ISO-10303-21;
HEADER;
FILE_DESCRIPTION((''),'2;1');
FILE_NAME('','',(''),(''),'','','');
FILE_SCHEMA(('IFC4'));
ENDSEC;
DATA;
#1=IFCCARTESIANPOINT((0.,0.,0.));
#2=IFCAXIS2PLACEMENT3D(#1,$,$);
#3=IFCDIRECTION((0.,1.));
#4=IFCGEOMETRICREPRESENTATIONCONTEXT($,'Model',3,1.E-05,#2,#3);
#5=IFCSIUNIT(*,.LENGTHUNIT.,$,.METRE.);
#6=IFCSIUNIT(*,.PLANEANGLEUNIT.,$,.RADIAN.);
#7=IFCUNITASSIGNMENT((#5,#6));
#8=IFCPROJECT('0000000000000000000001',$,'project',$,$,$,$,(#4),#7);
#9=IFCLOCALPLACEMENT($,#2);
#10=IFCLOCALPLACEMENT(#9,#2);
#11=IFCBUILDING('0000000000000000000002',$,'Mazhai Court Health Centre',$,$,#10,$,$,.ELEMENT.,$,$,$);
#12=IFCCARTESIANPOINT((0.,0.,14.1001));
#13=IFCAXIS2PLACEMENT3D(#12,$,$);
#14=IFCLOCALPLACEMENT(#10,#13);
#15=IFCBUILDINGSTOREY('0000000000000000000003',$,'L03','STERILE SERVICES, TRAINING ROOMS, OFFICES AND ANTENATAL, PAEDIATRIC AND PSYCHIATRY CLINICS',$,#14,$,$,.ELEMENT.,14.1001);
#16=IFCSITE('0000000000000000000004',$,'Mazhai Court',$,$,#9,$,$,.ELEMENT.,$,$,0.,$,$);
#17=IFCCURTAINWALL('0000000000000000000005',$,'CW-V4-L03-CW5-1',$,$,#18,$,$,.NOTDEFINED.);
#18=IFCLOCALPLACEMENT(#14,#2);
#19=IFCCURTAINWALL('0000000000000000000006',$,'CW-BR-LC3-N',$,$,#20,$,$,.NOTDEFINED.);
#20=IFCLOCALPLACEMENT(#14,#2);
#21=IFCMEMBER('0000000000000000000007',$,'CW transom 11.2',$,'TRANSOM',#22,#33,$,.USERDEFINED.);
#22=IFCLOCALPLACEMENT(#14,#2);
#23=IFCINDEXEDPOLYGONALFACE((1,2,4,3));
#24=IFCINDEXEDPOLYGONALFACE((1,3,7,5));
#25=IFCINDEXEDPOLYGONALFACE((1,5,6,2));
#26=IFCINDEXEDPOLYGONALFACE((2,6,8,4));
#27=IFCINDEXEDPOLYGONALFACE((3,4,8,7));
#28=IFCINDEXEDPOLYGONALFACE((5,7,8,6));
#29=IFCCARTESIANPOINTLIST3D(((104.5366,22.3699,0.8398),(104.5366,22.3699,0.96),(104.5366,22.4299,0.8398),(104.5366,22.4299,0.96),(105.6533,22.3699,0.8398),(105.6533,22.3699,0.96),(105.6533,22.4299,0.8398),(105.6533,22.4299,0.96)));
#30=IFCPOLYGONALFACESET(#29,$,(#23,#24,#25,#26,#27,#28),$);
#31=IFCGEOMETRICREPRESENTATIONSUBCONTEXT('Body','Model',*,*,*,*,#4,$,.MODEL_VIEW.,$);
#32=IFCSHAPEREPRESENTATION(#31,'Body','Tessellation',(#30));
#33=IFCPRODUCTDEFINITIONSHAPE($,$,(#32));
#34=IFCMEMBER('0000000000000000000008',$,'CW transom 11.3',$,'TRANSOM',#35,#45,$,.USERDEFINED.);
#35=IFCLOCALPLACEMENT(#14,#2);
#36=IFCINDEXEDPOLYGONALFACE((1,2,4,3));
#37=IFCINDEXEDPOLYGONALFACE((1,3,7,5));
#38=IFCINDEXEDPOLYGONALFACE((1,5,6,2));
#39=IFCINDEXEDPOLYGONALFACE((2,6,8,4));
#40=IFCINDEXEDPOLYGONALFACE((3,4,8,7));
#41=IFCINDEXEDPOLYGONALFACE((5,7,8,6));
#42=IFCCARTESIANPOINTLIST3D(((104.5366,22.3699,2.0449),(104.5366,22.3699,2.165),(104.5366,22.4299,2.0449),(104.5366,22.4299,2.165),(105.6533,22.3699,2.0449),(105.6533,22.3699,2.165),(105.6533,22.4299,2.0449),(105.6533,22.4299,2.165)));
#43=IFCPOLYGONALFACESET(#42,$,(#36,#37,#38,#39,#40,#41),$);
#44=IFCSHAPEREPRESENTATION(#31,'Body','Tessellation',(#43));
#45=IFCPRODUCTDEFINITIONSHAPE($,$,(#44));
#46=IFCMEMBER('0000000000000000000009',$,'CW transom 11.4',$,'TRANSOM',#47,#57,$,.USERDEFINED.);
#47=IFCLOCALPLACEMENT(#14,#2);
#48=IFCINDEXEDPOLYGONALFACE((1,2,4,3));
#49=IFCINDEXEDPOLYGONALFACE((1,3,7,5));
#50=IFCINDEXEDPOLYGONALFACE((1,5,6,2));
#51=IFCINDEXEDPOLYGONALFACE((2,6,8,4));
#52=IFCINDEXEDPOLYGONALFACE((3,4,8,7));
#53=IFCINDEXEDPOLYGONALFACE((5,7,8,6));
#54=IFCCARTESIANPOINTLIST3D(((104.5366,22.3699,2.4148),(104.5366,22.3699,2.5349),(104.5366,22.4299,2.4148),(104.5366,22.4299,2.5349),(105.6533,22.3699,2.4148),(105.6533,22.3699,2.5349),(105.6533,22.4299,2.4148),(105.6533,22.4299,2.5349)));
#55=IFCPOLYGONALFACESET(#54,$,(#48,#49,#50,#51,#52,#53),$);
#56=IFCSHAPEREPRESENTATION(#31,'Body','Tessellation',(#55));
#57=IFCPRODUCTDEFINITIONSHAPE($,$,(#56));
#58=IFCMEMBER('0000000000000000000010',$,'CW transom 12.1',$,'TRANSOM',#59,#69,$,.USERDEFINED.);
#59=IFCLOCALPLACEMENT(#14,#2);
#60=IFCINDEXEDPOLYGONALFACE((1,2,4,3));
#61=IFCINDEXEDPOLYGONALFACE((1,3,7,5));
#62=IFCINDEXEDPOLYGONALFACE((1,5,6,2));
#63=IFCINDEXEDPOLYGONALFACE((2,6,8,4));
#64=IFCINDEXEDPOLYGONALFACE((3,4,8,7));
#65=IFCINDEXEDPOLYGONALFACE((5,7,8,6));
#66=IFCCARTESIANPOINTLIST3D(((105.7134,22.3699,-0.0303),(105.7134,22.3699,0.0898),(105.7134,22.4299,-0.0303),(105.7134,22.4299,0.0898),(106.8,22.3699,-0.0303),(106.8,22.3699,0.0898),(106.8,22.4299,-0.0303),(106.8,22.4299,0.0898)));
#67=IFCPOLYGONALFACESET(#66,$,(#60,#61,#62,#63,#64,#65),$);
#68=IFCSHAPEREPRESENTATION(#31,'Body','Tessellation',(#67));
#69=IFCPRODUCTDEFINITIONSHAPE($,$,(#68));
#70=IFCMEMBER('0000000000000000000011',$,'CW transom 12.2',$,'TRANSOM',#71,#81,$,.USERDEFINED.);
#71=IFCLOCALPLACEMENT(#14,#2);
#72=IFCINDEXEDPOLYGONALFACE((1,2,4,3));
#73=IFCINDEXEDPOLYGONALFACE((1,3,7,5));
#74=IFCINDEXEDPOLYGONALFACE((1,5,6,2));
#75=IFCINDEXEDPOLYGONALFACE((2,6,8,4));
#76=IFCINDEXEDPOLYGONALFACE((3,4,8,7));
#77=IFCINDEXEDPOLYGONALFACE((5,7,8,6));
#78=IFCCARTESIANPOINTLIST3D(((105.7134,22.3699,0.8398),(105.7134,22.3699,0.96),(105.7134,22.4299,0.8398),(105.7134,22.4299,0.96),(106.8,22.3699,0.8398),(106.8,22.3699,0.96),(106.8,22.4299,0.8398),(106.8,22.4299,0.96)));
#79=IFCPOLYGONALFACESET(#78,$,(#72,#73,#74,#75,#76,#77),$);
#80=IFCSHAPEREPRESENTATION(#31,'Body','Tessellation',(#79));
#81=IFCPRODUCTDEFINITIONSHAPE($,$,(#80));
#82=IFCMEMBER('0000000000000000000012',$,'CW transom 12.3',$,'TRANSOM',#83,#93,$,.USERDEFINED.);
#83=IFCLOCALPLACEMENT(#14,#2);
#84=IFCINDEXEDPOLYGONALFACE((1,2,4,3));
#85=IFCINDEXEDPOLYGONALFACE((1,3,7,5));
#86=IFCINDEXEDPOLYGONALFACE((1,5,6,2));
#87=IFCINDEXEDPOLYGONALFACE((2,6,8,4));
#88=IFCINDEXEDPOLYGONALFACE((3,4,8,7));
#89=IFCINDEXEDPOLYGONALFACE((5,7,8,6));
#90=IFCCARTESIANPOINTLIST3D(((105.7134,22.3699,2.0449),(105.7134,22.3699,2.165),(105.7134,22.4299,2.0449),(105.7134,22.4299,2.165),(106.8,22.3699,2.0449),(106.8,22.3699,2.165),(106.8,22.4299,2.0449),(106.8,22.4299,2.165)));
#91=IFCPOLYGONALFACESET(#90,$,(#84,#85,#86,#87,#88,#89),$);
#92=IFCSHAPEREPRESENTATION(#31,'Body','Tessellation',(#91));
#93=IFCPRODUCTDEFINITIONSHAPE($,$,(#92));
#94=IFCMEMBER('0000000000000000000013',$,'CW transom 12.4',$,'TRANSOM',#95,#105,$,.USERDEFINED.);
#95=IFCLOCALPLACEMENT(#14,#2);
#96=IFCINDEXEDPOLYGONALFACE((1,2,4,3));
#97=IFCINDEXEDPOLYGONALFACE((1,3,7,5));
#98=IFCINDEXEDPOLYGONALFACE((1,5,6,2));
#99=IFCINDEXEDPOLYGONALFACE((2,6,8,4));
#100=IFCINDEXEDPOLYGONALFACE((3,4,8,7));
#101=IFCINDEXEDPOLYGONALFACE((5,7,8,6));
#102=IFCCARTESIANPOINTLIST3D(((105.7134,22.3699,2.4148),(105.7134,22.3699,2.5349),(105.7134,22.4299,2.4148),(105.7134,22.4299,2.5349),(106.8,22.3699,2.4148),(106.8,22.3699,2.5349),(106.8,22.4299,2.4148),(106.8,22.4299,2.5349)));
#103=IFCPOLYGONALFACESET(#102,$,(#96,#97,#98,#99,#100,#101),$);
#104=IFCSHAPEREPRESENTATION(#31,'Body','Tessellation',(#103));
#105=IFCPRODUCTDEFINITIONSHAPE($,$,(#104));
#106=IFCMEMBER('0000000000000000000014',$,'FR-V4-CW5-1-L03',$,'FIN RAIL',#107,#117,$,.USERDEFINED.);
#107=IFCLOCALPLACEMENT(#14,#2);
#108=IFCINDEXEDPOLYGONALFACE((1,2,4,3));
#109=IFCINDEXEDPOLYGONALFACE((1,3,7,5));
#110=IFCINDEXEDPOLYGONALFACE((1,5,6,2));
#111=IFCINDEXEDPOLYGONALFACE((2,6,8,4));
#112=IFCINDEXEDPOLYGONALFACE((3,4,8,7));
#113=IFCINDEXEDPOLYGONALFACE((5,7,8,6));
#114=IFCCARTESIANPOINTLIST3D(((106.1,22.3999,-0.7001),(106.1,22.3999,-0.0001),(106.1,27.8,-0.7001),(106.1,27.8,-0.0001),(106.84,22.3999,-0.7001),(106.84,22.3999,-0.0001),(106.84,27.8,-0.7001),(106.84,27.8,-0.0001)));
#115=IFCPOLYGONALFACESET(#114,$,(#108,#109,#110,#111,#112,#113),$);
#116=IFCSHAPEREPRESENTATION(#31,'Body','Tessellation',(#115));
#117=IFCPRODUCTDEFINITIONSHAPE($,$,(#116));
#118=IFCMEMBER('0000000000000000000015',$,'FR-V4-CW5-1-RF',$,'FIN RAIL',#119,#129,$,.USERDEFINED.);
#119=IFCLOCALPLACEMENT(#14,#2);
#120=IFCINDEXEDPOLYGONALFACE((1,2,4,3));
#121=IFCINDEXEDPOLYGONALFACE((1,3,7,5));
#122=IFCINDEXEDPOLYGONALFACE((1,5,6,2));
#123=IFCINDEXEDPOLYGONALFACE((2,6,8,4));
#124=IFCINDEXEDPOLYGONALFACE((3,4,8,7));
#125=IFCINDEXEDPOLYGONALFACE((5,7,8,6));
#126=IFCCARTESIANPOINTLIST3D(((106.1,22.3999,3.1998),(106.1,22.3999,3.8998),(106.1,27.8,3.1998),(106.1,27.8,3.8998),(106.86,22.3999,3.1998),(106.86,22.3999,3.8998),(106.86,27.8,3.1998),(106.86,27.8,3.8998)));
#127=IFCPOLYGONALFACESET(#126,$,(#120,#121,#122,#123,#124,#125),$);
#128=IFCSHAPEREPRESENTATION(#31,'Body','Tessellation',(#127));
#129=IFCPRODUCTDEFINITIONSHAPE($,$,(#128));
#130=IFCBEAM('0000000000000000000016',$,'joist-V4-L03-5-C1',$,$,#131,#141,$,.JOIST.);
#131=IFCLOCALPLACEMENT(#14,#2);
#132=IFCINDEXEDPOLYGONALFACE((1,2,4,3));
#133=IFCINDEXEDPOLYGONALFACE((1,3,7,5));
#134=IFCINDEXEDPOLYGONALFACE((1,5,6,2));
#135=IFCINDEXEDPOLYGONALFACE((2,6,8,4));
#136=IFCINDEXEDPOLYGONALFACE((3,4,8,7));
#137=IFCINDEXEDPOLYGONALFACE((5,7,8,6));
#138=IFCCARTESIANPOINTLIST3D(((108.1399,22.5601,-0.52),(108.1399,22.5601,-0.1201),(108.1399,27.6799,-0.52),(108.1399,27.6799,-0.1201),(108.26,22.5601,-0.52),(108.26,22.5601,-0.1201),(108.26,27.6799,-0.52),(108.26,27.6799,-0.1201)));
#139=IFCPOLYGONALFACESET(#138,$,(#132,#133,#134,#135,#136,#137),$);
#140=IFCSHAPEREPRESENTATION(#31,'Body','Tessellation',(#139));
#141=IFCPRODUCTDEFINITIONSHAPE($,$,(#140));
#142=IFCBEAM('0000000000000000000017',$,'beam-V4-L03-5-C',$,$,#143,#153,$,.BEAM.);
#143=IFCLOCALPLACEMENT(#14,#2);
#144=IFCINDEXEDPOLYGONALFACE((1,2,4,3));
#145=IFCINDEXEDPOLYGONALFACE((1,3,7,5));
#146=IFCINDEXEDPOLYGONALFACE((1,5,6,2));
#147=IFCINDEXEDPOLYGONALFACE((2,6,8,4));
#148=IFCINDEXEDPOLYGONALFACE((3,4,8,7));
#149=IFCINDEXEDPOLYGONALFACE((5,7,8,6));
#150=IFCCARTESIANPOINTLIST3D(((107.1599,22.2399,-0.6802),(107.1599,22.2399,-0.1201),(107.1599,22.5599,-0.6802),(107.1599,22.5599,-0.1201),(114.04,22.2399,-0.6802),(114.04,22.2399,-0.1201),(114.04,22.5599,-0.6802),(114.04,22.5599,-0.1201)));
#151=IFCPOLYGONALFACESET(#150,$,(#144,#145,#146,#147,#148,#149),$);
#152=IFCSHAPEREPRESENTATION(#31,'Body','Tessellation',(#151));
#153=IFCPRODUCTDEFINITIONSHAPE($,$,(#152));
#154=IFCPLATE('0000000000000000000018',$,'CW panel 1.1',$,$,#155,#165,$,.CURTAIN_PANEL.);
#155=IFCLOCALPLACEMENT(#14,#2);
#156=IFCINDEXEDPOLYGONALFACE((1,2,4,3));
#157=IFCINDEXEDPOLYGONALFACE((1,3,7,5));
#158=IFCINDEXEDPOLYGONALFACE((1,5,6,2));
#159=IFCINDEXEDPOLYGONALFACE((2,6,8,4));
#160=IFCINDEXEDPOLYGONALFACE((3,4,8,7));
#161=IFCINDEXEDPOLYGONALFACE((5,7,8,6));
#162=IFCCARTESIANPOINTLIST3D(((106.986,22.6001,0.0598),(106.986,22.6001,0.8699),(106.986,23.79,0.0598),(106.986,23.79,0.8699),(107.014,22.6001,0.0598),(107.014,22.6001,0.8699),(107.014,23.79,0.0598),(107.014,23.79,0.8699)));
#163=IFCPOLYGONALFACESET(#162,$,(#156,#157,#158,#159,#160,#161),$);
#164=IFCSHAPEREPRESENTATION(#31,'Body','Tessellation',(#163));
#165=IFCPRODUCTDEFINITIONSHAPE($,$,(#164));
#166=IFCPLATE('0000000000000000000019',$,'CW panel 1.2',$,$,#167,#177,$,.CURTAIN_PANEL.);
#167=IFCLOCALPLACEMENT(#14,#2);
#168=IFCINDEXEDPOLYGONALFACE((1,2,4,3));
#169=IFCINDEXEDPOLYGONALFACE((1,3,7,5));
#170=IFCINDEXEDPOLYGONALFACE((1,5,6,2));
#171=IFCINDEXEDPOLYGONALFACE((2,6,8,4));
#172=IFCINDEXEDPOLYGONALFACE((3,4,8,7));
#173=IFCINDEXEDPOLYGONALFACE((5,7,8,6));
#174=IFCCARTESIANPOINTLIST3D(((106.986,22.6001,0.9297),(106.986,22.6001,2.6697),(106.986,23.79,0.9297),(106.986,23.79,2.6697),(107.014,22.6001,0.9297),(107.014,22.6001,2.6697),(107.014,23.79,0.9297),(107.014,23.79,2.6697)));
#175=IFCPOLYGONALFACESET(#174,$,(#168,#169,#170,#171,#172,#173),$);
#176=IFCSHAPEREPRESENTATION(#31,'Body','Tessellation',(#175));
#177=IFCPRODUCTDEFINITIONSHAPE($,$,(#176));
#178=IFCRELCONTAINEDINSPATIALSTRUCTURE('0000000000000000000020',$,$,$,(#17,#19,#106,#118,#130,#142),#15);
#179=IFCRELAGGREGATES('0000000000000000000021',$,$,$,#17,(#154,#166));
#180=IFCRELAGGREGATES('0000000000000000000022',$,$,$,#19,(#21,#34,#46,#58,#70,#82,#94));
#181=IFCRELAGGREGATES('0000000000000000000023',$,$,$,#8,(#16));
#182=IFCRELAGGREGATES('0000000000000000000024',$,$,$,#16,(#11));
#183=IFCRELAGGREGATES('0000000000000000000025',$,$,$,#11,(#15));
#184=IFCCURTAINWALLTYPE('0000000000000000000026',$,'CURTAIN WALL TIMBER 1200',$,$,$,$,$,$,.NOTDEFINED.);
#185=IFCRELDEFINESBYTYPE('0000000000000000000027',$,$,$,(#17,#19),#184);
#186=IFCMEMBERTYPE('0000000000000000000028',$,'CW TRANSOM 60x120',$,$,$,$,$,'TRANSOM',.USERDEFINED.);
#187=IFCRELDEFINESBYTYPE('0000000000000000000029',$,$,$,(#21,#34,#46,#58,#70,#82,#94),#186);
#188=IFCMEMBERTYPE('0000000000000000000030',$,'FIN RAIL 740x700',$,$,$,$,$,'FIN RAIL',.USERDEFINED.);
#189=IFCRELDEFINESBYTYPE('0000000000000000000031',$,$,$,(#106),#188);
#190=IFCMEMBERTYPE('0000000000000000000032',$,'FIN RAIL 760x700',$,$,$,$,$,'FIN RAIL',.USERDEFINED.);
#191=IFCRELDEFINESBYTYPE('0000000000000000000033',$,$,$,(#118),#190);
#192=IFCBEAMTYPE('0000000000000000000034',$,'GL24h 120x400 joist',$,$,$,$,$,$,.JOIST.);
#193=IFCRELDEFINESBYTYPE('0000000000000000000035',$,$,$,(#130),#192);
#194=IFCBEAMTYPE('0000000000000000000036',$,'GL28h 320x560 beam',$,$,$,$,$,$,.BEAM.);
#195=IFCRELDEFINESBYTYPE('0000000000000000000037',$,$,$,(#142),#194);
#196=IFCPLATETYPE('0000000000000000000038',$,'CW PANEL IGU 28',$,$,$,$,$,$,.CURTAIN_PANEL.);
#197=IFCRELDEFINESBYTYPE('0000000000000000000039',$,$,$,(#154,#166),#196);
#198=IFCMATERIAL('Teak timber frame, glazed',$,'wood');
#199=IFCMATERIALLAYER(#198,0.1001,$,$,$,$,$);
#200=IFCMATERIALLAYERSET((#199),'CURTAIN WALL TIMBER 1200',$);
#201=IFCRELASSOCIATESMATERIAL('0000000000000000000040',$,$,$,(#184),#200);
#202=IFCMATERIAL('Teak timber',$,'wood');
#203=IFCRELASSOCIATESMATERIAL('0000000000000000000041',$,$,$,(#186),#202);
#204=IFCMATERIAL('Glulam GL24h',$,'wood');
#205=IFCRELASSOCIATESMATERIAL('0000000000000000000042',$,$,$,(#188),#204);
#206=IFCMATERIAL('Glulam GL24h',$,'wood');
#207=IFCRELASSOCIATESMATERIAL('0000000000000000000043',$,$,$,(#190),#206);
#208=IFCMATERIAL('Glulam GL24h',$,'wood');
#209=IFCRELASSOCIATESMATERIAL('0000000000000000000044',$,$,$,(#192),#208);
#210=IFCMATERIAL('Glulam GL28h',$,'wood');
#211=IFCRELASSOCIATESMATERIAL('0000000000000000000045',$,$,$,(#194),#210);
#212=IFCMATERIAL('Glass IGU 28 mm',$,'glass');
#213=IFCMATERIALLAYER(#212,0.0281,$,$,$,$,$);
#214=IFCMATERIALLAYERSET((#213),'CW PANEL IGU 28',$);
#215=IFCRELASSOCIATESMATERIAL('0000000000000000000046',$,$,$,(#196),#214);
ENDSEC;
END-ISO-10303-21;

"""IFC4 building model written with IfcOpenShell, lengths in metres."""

from ifc_helpers import new_model, si_unit, direction, frame, origin, origin_2d, place, context, subcontext, project, spatial, rectangle, extrude, material, layer, layer_set, material_profile, profile_set, type_object, element, aggregate, save


model = new_model("IFC4")

# Units and contexts
model_context = context("Model", 3, precision=1e-05, world=origin(), true_north=direction((0.0, 1.0)))
body_context = subcontext(model_context, "Body", "Model", "MODEL_VIEW")
ifc_project = project(units=[si_unit("LENGTHUNIT", "METRE"), si_unit("PLANEANGLEUNIT", "RADIAN")], contexts=[model_context])

# Site, building, storey
site_placement = place(None, origin())
site = spatial("IfcSite", under=ifc_project, at=site_placement, Name="Mazhai Court", CompositionType="ELEMENT", RefElevation=0.0)
building_placement = place(site_placement, origin())
building = spatial("IfcBuilding", under=site, at=building_placement, Name="Mazhai Court Health Centre", CompositionType="ELEMENT")
storey_placement = place(building_placement, frame((0.0, 0.0, 14.1001)))
storey = spatial("IfcBuildingStorey", under=building, at=storey_placement, Name="L03", Description="STERILE SERVICES, TRAINING ROOMS, OFFICES AND ANTENATAL, PAEDIATRIC AND PSYCHIATRY CLINICS", CompositionType="ELEMENT", Elevation=14.1001)

# Curtain walls
ifc_material_1 = material(Name="Teak timber frame, glazed", Category="wood")
ifc_layer_1 = layer(ifc_material_1, 0.1001)
ifc_layer_set_1 = layer_set([ifc_layer_1], Name="CURTAIN WALL TIMBER 1200")
curtain_wall_type = type_object("IfcCurtainWallType", Name="CURTAIN WALL TIMBER 1200", PredefinedType="NOTDEFINED", material=ifc_layer_set_1)
curtain_wall_1_placement = place(storey_placement, origin())
curtain_wall_1 = element("IfcCurtainWall", 1, at=curtain_wall_1_placement, inside=storey, type_object=curtain_wall_type, Name="CW-V4-L03-CW5-1", PredefinedType="NOTDEFINED")
curtain_wall_2_placement = place(storey_placement, origin())
curtain_wall_2 = element("IfcCurtainWall", 2, at=curtain_wall_2_placement, inside=storey, type_object=curtain_wall_type, Name="CW-BR-LC3-N", PredefinedType="NOTDEFINED")

# Members
ifc_material_2 = material(Name="Teak timber", Category="wood")
ifc_material_profile_1 = material_profile(ifc_material_2, rectangle(XDim=0.0601, YDim=0.1201, at=origin_2d()), Name="CW TRANSOM 60x120")
ifc_profile_set_1 = profile_set([ifc_material_profile_1], Name="Teak timber")
member_type_1 = type_object("IfcMemberType", Name="CW TRANSOM 60x120", ElementType="TRANSOM", PredefinedType="USERDEFINED", material=ifc_profile_set_1)
member_1_placement = place(storey_placement, frame((104.5366, 22.3999, 0.8999), z_axis=(1.0, 0.0, 0.0), x_axis=(0.0, 1.0, 0.0)))
member_1 = element("IfcMember", 3, at=member_1_placement, type_object=member_type_1, Name="CW transom 11.2", ObjectType="TRANSOM", PredefinedType="USERDEFINED", context=body_context, shape_type="SweptSolid", body=[
    extrude(rectangle(XDim=0.0601, YDim=0.1201, at=origin_2d()), origin(), (0.0, 0.0, 1.0), 1.1167),
])
member_2_placement = place(storey_placement, frame((104.5366, 22.3999, 2.105), z_axis=(1.0, 0.0, 0.0), x_axis=(0.0, 1.0, 0.0)))
member_2 = element("IfcMember", 4, at=member_2_placement, type_object=member_type_1, Name="CW transom 11.3", ObjectType="TRANSOM", PredefinedType="USERDEFINED", context=body_context, shape_type="SweptSolid", body=[
    extrude(rectangle(XDim=0.0601, YDim=0.1201, at=origin_2d()), origin(), (0.0, 0.0, 1.0), 1.1167),
])
member_3_placement = place(storey_placement, frame((104.5366, 22.3999, 2.4749), z_axis=(1.0, 0.0, 0.0), x_axis=(0.0, 1.0, 0.0)))
member_3 = element("IfcMember", 5, at=member_3_placement, type_object=member_type_1, Name="CW transom 11.4", ObjectType="TRANSOM", PredefinedType="USERDEFINED", context=body_context, shape_type="SweptSolid", body=[
    extrude(rectangle(XDim=0.0601, YDim=0.1201, at=origin_2d()), origin(), (0.0, 0.0, 1.0), 1.1167),
])
member_4_placement = place(storey_placement, frame((105.7134, 22.3999, 0.0298), z_axis=(1.0, 0.0, 0.0), x_axis=(0.0, 1.0, 0.0)))
member_4 = element("IfcMember", 6, at=member_4_placement, type_object=member_type_1, Name="CW transom 12.1", ObjectType="TRANSOM", PredefinedType="USERDEFINED", context=body_context, shape_type="SweptSolid", body=[
    extrude(rectangle(XDim=0.0601, YDim=0.1201, at=origin_2d()), origin(), (0.0, 0.0, 1.0), 1.0867),
])
member_5_placement = place(storey_placement, frame((105.7134, 22.3999, 0.8999), z_axis=(1.0, 0.0, 0.0), x_axis=(0.0, 1.0, 0.0)))
member_5 = element("IfcMember", 7, at=member_5_placement, type_object=member_type_1, Name="CW transom 12.2", ObjectType="TRANSOM", PredefinedType="USERDEFINED", context=body_context, shape_type="SweptSolid", body=[
    extrude(rectangle(XDim=0.0601, YDim=0.1201, at=origin_2d()), origin(), (0.0, 0.0, 1.0), 1.0867),
])
member_6_placement = place(storey_placement, frame((105.7134, 22.3999, 2.105), z_axis=(1.0, 0.0, 0.0), x_axis=(0.0, 1.0, 0.0)))
member_6 = element("IfcMember", 8, at=member_6_placement, type_object=member_type_1, Name="CW transom 12.3", ObjectType="TRANSOM", PredefinedType="USERDEFINED", context=body_context, shape_type="SweptSolid", body=[
    extrude(rectangle(XDim=0.0601, YDim=0.1201, at=origin_2d()), origin(), (0.0, 0.0, 1.0), 1.0867),
])
member_7_placement = place(storey_placement, frame((105.7134, 22.3999, 2.4749), z_axis=(1.0, 0.0, 0.0), x_axis=(0.0, 1.0, 0.0)))
member_7 = element("IfcMember", 9, at=member_7_placement, type_object=member_type_1, Name="CW transom 12.4", ObjectType="TRANSOM", PredefinedType="USERDEFINED", context=body_context, shape_type="SweptSolid", body=[
    extrude(rectangle(XDim=0.0601, YDim=0.1201, at=origin_2d()), origin(), (0.0, 0.0, 1.0), 1.0867),
])

# Members
ifc_material_3 = material(Name="Glulam GL24h", Category="wood")
ifc_material_profile_2 = material_profile(ifc_material_3, rectangle(XDim=0.74, YDim=0.7, at=origin_2d()), Name="FIN RAIL 740x700")
ifc_profile_set_2 = profile_set([ifc_material_profile_2], Name="Glulam GL24h")
member_type_2 = type_object("IfcMemberType", Name="FIN RAIL 740x700", ElementType="FIN RAIL", PredefinedType="USERDEFINED", material=ifc_profile_set_2)
member_8_placement = place(storey_placement, frame((106.47, 22.3999, -0.3501), z_axis=(0.0, 1.0, 0.0), x_axis=(-1.0, 0.0, 0.0)))
element("IfcMember", 10, at=member_8_placement, inside=storey, type_object=member_type_2, Name="FR-V4-CW5-1-L03", ObjectType="FIN RAIL", PredefinedType="USERDEFINED", context=body_context, shape_type="SweptSolid", body=[
    extrude(rectangle(XDim=0.74, YDim=0.7, at=origin_2d()), origin(), (0.0, 0.0, 1.0), 5.4001),
])
ifc_material_4 = material(Name="Glulam GL24h", Category="wood")
ifc_material_profile_3 = material_profile(ifc_material_4, rectangle(XDim=0.76, YDim=0.7, at=origin_2d()), Name="FIN RAIL 760x700")
ifc_profile_set_3 = profile_set([ifc_material_profile_3], Name="Glulam GL24h")
member_type_3 = type_object("IfcMemberType", Name="FIN RAIL 760x700", ElementType="FIN RAIL", PredefinedType="USERDEFINED", material=ifc_profile_set_3)
member_9_placement = place(storey_placement, frame((106.48, 22.3999, 3.5498), z_axis=(0.0, 1.0, 0.0), x_axis=(-1.0, 0.0, 0.0)))
element("IfcMember", 11, at=member_9_placement, inside=storey, type_object=member_type_3, Name="FR-V4-CW5-1-RF", ObjectType="FIN RAIL", PredefinedType="USERDEFINED", context=body_context, shape_type="SweptSolid", body=[
    extrude(rectangle(XDim=0.76, YDim=0.7, at=origin_2d()), origin(), (0.0, 0.0, 1.0), 5.4001),
])

# Beams
ifc_material_5 = material(Name="Glulam GL24h", Category="wood")
ifc_material_profile_4 = material_profile(ifc_material_5, rectangle(XDim=0.1201, YDim=0.3999, at=origin_2d()), Name="GL24h 120x400")
ifc_profile_set_4 = profile_set([ifc_material_profile_4], Name="Glulam GL24h")
beam_type_1 = type_object("IfcBeamType", Name="GL24h 120x400 joist", PredefinedType="JOIST", material=ifc_profile_set_4)
beam_1_placement = place(storey_placement, frame((108.2, 22.5601, -0.3201), z_axis=(0.0, 1.0, 0.0), x_axis=(-1.0, 0.0, 0.0)))
element("IfcBeam", 12, at=beam_1_placement, inside=storey, type_object=beam_type_1, Name="joist-V4-L03-5-C1", PredefinedType="JOIST", context=body_context, shape_type="SweptSolid", body=[
    extrude(rectangle(XDim=0.1201, YDim=0.3999, at=origin_2d()), origin(), (0.0, 0.0, 1.0), 5.1199),
])
ifc_material_6 = material(Name="Glulam GL28h", Category="wood")
ifc_material_profile_5 = material_profile(ifc_material_6, rectangle(XDim=0.3201, YDim=0.5601, at=origin_2d()), Name="GL28h 320x560")
ifc_profile_set_5 = profile_set([ifc_material_profile_5], Name="Glulam GL28h")
beam_type_2 = type_object("IfcBeamType", Name="GL28h 320x560 beam", PredefinedType="BEAM", material=ifc_profile_set_5)
beam_2_placement = place(storey_placement, frame((107.1599, 22.3999, -0.4001), z_axis=(1.0, 0.0, 0.0), x_axis=(0.0, 1.0, 0.0)))
element("IfcBeam", 13, at=beam_2_placement, inside=storey, type_object=beam_type_2, Name="beam-V4-L03-5-C", PredefinedType="BEAM", context=body_context, shape_type="SweptSolid", body=[
    extrude(rectangle(XDim=0.3201, YDim=0.5601, at=origin_2d()), origin(), (0.0, 0.0, 1.0), 6.8801),
])

# Plates
ifc_material_7 = material(Name="Glass IGU 28 mm", Category="glass")
ifc_layer_2 = layer(ifc_material_7, 0.0281)
ifc_layer_set_2 = layer_set([ifc_layer_2], Name="CW PANEL IGU 28")
plate_type = type_object("IfcPlateType", Name="CW PANEL IGU 28", PredefinedType="CURTAIN_PANEL", material=ifc_layer_set_2)
plate_1_placement = place(storey_placement, frame((107.0, 23.1951, 0.0598), z_axis=(0.0, 0.0, 1.0), x_axis=(0.0, 1.0, 0.0)))
plate_1 = element("IfcPlate", 14, at=plate_1_placement, type_object=plate_type, Name="CW panel 1.1", PredefinedType="CURTAIN_PANEL", context=body_context, shape_type="SweptSolid", body=[
    extrude(rectangle(XDim=1.1899, YDim=0.0281, at=origin_2d()), origin(), (0.0, 0.0, 1.0), 0.8101),
])
plate_2_placement = place(storey_placement, frame((107.0, 23.1951, 0.9297), z_axis=(0.0, 0.0, 1.0), x_axis=(0.0, 1.0, 0.0)))
plate_2 = element("IfcPlate", 15, at=plate_2_placement, type_object=plate_type, Name="CW panel 1.2", PredefinedType="CURTAIN_PANEL", context=body_context, shape_type="SweptSolid", body=[
    extrude(rectangle(XDim=1.1899, YDim=0.0281, at=origin_2d()), origin(), (0.0, 0.0, 1.0), 1.74),
])
aggregate(curtain_wall_1, [plate_1, plate_2])
aggregate(curtain_wall_2, [member_1, member_2, member_3, member_4, member_5, member_6, member_7])

save(model, "model.ifc")
